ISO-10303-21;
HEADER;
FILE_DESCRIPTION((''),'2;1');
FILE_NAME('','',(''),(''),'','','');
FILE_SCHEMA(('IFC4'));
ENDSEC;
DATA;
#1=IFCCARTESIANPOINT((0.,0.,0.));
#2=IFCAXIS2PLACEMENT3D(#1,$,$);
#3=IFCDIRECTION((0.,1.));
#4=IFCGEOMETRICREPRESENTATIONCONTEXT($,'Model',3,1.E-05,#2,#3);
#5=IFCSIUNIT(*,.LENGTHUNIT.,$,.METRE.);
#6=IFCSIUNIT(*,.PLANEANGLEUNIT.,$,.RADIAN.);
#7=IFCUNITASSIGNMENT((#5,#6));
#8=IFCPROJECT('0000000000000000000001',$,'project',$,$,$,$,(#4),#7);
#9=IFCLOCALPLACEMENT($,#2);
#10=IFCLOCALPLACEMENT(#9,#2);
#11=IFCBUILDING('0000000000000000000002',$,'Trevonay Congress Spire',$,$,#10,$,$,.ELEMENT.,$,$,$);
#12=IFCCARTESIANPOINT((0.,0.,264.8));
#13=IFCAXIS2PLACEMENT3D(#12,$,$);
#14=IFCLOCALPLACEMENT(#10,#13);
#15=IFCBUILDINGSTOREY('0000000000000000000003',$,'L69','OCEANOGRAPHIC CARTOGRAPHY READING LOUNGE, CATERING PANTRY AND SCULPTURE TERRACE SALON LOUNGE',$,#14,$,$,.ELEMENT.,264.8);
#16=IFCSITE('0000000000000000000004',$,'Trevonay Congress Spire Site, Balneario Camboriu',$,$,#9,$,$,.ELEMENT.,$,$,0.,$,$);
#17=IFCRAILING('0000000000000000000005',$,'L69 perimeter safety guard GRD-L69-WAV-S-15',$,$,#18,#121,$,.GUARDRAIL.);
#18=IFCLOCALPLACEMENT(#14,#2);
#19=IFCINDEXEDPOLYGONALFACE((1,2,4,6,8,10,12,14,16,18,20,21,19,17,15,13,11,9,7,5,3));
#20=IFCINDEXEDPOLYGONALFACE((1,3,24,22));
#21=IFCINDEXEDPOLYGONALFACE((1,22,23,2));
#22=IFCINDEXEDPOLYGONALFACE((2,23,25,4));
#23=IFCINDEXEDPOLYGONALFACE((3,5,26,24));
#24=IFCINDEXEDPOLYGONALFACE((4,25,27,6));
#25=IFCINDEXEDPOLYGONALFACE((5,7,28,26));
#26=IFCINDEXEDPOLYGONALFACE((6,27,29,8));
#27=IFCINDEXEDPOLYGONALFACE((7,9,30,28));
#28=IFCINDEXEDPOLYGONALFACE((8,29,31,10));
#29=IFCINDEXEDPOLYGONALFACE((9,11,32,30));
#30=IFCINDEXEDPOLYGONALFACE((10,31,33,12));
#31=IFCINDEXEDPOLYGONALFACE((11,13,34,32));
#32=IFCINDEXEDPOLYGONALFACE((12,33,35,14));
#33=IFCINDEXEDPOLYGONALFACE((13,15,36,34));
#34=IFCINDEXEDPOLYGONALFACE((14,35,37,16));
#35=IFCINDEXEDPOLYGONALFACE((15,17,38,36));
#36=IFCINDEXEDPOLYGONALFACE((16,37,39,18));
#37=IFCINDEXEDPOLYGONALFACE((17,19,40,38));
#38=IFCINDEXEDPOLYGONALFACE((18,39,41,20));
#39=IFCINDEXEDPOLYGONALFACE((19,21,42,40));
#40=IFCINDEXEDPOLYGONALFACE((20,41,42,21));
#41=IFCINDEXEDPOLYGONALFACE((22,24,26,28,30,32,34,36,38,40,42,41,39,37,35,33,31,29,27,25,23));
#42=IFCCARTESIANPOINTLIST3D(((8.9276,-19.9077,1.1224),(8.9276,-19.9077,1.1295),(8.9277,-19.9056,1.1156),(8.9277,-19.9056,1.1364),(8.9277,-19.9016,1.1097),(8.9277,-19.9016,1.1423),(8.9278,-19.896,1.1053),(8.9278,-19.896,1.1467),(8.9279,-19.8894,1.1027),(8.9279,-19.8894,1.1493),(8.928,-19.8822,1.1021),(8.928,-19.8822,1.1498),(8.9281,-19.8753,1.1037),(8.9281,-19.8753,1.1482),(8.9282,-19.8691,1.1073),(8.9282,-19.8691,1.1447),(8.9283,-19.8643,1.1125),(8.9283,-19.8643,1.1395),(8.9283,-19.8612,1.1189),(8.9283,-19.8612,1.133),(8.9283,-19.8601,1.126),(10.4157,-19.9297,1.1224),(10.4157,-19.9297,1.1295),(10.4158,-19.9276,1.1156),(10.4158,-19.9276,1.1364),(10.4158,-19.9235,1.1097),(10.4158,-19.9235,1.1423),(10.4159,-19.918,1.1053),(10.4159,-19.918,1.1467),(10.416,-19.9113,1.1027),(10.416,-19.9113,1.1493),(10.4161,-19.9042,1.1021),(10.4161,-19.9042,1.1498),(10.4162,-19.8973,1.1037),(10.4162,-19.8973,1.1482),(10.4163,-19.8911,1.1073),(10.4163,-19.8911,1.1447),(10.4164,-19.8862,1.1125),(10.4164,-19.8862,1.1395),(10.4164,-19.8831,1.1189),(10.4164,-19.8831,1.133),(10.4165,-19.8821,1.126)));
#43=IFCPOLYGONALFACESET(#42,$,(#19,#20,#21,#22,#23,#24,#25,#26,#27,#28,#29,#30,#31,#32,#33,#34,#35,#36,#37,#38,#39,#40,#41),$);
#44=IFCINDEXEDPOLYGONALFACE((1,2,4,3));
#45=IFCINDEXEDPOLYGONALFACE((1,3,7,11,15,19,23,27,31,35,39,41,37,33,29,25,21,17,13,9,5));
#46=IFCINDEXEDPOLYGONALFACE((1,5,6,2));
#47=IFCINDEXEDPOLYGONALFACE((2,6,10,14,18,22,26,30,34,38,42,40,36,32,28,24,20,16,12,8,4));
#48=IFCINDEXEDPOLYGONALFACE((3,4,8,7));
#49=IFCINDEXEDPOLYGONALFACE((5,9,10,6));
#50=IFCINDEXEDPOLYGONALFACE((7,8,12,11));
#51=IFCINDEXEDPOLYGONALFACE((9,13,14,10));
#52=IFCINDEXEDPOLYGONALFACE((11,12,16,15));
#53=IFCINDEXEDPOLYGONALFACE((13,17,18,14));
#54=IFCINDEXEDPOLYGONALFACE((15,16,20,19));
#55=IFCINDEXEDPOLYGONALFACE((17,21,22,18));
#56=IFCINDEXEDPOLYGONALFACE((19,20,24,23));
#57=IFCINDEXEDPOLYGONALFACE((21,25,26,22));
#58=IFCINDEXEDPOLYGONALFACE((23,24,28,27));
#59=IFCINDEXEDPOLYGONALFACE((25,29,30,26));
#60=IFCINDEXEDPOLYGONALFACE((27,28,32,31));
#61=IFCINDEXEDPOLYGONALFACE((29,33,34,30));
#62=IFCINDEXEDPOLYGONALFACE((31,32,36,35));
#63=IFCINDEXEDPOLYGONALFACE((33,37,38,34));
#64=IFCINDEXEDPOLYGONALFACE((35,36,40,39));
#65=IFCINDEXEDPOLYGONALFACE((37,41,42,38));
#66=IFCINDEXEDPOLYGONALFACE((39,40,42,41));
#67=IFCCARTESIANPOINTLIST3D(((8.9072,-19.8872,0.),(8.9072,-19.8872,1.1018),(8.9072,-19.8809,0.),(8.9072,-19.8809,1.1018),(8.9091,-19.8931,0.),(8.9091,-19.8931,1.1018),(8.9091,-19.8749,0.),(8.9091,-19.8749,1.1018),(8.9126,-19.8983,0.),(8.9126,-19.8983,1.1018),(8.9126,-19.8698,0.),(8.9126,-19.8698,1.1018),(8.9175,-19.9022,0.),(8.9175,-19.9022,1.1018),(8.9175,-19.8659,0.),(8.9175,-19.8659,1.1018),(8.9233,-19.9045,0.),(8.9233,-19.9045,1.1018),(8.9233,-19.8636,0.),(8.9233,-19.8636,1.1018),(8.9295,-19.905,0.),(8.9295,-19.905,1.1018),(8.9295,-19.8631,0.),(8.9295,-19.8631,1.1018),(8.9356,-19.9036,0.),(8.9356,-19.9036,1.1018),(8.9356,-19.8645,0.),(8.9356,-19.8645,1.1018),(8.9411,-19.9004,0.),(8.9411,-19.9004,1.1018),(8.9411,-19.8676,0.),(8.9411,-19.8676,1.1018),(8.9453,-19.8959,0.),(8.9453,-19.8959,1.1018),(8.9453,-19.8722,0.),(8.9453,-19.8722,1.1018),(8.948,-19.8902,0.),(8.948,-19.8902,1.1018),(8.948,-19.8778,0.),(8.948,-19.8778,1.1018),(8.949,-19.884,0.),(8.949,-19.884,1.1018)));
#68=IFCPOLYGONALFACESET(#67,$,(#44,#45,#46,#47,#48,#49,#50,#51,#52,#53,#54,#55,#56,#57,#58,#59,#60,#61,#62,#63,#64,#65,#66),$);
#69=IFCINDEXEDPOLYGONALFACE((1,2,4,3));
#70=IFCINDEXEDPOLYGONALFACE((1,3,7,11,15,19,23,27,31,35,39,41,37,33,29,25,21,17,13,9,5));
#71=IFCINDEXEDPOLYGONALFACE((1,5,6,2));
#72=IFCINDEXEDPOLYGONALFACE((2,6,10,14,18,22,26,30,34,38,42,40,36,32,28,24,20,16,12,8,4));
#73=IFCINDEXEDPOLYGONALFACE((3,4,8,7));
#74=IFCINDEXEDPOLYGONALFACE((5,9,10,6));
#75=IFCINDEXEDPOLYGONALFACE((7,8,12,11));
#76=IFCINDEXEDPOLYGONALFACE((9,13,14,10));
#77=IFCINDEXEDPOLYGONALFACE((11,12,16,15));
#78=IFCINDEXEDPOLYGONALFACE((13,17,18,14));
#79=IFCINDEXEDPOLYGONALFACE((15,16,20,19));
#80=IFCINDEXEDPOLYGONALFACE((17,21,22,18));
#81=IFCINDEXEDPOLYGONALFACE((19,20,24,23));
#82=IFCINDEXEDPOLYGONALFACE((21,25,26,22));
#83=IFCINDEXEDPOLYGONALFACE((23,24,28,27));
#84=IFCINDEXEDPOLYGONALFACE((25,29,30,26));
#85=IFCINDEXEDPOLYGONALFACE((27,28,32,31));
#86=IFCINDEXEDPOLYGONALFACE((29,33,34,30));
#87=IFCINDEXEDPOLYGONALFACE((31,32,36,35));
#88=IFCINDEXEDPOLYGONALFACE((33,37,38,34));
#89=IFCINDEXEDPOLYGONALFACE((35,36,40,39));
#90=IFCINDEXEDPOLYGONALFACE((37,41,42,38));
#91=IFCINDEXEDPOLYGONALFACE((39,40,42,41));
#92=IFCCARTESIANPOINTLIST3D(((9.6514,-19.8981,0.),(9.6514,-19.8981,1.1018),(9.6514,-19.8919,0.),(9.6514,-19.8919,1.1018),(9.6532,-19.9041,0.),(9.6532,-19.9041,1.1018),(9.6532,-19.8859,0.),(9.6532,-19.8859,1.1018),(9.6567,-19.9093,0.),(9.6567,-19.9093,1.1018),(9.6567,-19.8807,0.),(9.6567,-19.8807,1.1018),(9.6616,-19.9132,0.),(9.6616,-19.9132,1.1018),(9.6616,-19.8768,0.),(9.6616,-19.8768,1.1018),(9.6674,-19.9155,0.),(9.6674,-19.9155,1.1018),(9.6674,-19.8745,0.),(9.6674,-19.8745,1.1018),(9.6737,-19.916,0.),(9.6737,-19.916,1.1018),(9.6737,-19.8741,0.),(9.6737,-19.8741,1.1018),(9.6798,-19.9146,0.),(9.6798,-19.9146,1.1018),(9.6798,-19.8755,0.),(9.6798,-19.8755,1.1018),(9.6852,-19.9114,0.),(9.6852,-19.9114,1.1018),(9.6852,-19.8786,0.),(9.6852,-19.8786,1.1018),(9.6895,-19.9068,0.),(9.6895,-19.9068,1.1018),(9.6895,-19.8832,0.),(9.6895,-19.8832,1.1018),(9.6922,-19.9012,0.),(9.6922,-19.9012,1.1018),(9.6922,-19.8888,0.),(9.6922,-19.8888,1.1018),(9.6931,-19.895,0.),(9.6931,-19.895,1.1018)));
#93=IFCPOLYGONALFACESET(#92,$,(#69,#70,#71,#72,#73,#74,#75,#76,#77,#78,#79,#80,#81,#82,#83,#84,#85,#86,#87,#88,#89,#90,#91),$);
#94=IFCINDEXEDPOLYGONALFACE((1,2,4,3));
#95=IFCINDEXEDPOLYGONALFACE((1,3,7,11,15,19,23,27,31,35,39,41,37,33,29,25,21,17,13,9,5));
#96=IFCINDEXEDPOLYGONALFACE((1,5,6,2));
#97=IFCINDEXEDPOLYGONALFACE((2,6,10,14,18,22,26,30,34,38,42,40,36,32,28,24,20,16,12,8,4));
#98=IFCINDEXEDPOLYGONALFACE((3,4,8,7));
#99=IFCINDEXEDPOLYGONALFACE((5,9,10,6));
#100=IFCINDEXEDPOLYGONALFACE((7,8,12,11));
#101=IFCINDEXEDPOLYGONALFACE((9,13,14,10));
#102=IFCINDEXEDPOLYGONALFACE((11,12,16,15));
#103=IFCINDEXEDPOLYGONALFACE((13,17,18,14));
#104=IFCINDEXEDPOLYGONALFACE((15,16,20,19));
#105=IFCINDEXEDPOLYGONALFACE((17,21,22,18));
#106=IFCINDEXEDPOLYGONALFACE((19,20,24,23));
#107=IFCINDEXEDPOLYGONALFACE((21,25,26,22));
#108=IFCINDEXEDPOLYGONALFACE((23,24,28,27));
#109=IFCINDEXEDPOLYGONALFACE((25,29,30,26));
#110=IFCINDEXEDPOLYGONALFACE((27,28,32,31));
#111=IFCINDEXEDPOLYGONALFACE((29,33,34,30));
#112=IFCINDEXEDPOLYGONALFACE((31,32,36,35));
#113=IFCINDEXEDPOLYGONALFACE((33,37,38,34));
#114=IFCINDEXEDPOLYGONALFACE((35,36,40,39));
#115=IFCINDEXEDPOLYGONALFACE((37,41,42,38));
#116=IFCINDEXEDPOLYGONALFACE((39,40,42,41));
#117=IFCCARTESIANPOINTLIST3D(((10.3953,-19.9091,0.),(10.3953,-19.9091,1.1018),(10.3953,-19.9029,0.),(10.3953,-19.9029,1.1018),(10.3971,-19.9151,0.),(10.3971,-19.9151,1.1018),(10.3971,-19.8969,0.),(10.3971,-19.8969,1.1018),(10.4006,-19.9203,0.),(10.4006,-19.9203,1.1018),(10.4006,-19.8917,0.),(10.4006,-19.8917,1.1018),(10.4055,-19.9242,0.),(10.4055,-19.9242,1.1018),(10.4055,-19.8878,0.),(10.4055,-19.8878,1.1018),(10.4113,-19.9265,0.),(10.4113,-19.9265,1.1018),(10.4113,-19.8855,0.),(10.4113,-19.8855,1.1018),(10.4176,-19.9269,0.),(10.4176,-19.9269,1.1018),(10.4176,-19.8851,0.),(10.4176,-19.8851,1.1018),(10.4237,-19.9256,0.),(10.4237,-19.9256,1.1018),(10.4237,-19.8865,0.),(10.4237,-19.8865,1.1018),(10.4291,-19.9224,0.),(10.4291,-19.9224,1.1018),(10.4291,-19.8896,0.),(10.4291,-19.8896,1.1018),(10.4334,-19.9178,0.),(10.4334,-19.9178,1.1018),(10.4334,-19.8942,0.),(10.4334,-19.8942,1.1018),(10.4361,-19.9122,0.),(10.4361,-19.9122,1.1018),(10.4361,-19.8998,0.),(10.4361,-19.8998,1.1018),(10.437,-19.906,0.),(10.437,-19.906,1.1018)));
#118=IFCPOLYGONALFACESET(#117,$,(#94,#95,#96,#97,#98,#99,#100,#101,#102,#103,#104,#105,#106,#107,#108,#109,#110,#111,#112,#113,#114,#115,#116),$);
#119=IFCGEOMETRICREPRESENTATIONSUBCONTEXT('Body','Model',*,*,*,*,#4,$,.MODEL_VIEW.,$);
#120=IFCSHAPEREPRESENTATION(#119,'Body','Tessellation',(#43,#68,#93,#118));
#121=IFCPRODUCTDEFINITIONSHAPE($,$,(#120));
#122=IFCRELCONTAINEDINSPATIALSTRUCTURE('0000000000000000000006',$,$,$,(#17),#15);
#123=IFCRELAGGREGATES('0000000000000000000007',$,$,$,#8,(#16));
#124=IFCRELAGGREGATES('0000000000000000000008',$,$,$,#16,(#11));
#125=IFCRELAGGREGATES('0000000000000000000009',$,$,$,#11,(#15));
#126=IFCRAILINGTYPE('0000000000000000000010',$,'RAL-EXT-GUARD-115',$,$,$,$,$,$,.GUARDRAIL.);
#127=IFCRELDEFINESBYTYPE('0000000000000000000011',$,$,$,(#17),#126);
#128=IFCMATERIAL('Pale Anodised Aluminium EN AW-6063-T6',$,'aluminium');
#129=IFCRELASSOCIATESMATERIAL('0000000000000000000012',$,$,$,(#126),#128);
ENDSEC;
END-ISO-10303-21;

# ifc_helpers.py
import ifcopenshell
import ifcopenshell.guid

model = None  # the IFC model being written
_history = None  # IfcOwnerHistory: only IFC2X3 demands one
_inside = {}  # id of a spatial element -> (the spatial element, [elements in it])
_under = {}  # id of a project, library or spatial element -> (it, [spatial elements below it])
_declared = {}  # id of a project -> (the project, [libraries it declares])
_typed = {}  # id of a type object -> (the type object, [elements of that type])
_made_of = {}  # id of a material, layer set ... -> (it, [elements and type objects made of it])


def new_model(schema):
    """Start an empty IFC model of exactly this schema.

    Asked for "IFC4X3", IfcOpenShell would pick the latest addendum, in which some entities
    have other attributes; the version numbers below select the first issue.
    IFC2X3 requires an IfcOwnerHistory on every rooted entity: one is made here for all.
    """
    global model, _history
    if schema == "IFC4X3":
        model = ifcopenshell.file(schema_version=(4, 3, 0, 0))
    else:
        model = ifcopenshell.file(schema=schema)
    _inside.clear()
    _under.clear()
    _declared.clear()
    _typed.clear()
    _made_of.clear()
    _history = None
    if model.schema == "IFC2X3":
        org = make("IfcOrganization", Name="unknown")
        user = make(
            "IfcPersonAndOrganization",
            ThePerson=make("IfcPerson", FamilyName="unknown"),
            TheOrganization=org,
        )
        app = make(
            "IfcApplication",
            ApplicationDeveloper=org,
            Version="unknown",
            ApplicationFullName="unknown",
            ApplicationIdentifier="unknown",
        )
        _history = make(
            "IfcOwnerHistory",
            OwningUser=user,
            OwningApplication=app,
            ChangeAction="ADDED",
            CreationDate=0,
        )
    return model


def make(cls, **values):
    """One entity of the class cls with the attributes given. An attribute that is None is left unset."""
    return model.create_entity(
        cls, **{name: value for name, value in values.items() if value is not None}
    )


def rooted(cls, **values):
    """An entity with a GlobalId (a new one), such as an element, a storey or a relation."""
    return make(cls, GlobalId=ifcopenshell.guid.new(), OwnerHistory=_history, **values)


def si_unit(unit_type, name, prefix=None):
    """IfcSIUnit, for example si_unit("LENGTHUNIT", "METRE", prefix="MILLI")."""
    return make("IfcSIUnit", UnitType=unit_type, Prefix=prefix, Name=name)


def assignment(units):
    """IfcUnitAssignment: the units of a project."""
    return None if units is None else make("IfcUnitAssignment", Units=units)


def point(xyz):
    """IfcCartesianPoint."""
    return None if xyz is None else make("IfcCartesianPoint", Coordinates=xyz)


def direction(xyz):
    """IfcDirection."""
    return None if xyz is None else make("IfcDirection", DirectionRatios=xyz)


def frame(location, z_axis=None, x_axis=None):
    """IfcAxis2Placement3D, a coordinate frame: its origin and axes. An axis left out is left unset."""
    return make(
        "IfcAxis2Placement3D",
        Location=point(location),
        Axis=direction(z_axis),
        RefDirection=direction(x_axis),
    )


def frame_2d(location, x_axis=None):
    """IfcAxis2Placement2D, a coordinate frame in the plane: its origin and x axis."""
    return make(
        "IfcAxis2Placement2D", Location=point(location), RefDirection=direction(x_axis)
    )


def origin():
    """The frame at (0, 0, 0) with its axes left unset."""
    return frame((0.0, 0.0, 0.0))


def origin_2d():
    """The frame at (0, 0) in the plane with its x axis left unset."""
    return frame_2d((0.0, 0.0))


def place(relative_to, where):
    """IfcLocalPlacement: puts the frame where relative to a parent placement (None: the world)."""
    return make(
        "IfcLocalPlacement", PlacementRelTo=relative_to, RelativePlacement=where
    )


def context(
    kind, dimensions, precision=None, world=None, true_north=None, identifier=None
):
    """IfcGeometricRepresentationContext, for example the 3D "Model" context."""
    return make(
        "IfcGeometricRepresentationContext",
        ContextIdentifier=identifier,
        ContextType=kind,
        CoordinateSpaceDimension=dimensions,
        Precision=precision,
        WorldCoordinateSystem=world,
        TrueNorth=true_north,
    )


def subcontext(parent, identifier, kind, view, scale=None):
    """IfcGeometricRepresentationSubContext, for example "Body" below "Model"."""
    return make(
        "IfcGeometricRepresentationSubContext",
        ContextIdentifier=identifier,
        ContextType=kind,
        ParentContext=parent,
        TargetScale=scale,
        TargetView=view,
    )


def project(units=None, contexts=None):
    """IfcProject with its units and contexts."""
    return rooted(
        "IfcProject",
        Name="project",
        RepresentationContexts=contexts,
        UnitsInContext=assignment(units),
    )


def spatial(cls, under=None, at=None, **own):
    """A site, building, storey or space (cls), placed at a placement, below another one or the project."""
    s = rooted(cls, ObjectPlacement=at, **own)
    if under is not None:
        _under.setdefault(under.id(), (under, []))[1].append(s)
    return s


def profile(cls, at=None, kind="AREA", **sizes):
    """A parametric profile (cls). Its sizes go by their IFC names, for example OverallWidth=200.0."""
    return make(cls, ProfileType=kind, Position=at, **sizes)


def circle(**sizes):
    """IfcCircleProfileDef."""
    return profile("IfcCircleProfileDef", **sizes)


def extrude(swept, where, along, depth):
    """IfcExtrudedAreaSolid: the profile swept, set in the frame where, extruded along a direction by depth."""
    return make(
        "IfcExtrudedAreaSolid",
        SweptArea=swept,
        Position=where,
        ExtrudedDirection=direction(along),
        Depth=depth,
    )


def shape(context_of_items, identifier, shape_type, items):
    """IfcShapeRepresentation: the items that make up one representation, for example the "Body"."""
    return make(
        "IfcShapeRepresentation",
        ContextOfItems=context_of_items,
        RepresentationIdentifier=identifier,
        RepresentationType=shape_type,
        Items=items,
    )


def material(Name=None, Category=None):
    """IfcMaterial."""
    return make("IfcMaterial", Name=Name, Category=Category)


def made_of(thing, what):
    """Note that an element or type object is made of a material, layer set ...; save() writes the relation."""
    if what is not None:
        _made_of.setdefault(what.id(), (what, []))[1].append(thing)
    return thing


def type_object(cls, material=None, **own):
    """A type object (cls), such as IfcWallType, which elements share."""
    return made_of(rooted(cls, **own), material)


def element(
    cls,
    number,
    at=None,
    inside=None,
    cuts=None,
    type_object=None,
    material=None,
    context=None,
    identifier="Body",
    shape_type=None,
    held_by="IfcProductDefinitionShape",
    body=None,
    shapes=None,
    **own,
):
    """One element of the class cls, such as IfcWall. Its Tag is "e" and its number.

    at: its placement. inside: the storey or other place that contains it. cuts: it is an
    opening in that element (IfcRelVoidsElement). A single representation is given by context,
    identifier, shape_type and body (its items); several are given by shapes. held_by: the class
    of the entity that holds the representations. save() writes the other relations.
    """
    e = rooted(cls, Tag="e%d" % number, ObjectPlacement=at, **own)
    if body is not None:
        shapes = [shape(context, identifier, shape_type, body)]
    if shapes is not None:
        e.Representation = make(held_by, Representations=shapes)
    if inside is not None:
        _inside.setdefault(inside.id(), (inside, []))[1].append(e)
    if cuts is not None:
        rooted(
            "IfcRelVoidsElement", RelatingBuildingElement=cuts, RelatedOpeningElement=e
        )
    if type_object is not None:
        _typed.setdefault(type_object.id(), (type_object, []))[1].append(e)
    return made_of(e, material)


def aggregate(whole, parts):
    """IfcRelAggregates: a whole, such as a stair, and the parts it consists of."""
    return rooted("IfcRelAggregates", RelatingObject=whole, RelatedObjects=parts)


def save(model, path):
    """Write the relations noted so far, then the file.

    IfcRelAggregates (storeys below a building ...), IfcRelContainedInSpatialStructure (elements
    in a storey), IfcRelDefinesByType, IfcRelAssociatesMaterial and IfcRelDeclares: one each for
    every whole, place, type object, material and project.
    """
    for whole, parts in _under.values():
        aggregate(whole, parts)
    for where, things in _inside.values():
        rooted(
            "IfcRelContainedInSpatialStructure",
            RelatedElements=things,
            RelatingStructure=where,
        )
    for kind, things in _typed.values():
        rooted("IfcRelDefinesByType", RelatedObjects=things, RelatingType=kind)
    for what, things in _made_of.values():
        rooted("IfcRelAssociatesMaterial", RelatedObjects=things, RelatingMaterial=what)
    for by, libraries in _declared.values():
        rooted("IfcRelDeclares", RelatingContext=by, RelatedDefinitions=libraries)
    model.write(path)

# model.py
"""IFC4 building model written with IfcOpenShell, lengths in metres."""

from ifc_helpers import new_model, si_unit, direction, frame, origin, origin_2d, place, context, subcontext, project, spatial, circle, extrude, material, type_object, element, save


model = new_model("IFC4")

# Units and contexts
model_context = context("Model", 3, precision=1e-05, world=origin(), true_north=direction((0.0, 1.0)))
body_context = subcontext(model_context, "Body", "Model", "MODEL_VIEW")
ifc_project = project(units=[si_unit("LENGTHUNIT", "METRE"), si_unit("PLANEANGLEUNIT", "RADIAN")], contexts=[model_context])

# Site, building, storey
site_placement = place(None, origin())
site = spatial("IfcSite", under=ifc_project, at=site_placement, Name="Trevonay Congress Spire Site, Balneario Camboriu", CompositionType="ELEMENT", RefElevation=0.0)
building_placement = place(site_placement, origin())
building = spatial("IfcBuilding", under=site, at=building_placement, Name="Trevonay Congress Spire", CompositionType="ELEMENT")
storey_placement = place(building_placement, frame((0.0, 0.0, 264.8)))
storey = spatial("IfcBuildingStorey", under=building, at=storey_placement, Name="L69", Description="OCEANOGRAPHIC CARTOGRAPHY READING LOUNGE, CATERING PANTRY AND SCULPTURE TERRACE SALON LOUNGE", CompositionType="ELEMENT", Elevation=264.8)

# Shared definitions
ifc_material_1 = material(Name="Pale Anodised Aluminium EN AW-6063-T6", Category="aluminium")

# Railing
railing_type = type_object("IfcRailingType", Name="RAL-EXT-GUARD-115", PredefinedType="GUARDRAIL", material=ifc_material_1)
railing_1_placement = place(storey_placement, frame((8.928, -19.884, 0.0)))
element("IfcRailing", 1, at=railing_1_placement, inside=storey, type_object=railing_type, Name="L69 perimeter safety guard GRD-L69-WAV-S-15", PredefinedType="GUARDRAIL", context=body_context, shape_type="SweptSolid", body=[
    extrude(circle(Radius=0.0239, at=origin_2d()), frame((0.0, 0.0, 1.126), z_axis=(0.999891, -0.014765, 0.0), x_axis=(0.014765, 0.999891, 0.0)), (0.0, 0.0, 1.0), 1.4883),
    extrude(circle(Radius=0.021, at=origin_2d()), origin(), (0.0, 0.0, 1.0), 1.1018),
    extrude(circle(Radius=0.021, at=origin_2d()), frame((0.7441, -0.011, 0.0)), (0.0, 0.0, 1.0), 1.1018),
    extrude(circle(Radius=0.021, at=origin_2d()), frame((1.488, -0.022, 0.0)), (0.0, 0.0, 1.0), 1.1018),
])

save(model, "model.ifc")
